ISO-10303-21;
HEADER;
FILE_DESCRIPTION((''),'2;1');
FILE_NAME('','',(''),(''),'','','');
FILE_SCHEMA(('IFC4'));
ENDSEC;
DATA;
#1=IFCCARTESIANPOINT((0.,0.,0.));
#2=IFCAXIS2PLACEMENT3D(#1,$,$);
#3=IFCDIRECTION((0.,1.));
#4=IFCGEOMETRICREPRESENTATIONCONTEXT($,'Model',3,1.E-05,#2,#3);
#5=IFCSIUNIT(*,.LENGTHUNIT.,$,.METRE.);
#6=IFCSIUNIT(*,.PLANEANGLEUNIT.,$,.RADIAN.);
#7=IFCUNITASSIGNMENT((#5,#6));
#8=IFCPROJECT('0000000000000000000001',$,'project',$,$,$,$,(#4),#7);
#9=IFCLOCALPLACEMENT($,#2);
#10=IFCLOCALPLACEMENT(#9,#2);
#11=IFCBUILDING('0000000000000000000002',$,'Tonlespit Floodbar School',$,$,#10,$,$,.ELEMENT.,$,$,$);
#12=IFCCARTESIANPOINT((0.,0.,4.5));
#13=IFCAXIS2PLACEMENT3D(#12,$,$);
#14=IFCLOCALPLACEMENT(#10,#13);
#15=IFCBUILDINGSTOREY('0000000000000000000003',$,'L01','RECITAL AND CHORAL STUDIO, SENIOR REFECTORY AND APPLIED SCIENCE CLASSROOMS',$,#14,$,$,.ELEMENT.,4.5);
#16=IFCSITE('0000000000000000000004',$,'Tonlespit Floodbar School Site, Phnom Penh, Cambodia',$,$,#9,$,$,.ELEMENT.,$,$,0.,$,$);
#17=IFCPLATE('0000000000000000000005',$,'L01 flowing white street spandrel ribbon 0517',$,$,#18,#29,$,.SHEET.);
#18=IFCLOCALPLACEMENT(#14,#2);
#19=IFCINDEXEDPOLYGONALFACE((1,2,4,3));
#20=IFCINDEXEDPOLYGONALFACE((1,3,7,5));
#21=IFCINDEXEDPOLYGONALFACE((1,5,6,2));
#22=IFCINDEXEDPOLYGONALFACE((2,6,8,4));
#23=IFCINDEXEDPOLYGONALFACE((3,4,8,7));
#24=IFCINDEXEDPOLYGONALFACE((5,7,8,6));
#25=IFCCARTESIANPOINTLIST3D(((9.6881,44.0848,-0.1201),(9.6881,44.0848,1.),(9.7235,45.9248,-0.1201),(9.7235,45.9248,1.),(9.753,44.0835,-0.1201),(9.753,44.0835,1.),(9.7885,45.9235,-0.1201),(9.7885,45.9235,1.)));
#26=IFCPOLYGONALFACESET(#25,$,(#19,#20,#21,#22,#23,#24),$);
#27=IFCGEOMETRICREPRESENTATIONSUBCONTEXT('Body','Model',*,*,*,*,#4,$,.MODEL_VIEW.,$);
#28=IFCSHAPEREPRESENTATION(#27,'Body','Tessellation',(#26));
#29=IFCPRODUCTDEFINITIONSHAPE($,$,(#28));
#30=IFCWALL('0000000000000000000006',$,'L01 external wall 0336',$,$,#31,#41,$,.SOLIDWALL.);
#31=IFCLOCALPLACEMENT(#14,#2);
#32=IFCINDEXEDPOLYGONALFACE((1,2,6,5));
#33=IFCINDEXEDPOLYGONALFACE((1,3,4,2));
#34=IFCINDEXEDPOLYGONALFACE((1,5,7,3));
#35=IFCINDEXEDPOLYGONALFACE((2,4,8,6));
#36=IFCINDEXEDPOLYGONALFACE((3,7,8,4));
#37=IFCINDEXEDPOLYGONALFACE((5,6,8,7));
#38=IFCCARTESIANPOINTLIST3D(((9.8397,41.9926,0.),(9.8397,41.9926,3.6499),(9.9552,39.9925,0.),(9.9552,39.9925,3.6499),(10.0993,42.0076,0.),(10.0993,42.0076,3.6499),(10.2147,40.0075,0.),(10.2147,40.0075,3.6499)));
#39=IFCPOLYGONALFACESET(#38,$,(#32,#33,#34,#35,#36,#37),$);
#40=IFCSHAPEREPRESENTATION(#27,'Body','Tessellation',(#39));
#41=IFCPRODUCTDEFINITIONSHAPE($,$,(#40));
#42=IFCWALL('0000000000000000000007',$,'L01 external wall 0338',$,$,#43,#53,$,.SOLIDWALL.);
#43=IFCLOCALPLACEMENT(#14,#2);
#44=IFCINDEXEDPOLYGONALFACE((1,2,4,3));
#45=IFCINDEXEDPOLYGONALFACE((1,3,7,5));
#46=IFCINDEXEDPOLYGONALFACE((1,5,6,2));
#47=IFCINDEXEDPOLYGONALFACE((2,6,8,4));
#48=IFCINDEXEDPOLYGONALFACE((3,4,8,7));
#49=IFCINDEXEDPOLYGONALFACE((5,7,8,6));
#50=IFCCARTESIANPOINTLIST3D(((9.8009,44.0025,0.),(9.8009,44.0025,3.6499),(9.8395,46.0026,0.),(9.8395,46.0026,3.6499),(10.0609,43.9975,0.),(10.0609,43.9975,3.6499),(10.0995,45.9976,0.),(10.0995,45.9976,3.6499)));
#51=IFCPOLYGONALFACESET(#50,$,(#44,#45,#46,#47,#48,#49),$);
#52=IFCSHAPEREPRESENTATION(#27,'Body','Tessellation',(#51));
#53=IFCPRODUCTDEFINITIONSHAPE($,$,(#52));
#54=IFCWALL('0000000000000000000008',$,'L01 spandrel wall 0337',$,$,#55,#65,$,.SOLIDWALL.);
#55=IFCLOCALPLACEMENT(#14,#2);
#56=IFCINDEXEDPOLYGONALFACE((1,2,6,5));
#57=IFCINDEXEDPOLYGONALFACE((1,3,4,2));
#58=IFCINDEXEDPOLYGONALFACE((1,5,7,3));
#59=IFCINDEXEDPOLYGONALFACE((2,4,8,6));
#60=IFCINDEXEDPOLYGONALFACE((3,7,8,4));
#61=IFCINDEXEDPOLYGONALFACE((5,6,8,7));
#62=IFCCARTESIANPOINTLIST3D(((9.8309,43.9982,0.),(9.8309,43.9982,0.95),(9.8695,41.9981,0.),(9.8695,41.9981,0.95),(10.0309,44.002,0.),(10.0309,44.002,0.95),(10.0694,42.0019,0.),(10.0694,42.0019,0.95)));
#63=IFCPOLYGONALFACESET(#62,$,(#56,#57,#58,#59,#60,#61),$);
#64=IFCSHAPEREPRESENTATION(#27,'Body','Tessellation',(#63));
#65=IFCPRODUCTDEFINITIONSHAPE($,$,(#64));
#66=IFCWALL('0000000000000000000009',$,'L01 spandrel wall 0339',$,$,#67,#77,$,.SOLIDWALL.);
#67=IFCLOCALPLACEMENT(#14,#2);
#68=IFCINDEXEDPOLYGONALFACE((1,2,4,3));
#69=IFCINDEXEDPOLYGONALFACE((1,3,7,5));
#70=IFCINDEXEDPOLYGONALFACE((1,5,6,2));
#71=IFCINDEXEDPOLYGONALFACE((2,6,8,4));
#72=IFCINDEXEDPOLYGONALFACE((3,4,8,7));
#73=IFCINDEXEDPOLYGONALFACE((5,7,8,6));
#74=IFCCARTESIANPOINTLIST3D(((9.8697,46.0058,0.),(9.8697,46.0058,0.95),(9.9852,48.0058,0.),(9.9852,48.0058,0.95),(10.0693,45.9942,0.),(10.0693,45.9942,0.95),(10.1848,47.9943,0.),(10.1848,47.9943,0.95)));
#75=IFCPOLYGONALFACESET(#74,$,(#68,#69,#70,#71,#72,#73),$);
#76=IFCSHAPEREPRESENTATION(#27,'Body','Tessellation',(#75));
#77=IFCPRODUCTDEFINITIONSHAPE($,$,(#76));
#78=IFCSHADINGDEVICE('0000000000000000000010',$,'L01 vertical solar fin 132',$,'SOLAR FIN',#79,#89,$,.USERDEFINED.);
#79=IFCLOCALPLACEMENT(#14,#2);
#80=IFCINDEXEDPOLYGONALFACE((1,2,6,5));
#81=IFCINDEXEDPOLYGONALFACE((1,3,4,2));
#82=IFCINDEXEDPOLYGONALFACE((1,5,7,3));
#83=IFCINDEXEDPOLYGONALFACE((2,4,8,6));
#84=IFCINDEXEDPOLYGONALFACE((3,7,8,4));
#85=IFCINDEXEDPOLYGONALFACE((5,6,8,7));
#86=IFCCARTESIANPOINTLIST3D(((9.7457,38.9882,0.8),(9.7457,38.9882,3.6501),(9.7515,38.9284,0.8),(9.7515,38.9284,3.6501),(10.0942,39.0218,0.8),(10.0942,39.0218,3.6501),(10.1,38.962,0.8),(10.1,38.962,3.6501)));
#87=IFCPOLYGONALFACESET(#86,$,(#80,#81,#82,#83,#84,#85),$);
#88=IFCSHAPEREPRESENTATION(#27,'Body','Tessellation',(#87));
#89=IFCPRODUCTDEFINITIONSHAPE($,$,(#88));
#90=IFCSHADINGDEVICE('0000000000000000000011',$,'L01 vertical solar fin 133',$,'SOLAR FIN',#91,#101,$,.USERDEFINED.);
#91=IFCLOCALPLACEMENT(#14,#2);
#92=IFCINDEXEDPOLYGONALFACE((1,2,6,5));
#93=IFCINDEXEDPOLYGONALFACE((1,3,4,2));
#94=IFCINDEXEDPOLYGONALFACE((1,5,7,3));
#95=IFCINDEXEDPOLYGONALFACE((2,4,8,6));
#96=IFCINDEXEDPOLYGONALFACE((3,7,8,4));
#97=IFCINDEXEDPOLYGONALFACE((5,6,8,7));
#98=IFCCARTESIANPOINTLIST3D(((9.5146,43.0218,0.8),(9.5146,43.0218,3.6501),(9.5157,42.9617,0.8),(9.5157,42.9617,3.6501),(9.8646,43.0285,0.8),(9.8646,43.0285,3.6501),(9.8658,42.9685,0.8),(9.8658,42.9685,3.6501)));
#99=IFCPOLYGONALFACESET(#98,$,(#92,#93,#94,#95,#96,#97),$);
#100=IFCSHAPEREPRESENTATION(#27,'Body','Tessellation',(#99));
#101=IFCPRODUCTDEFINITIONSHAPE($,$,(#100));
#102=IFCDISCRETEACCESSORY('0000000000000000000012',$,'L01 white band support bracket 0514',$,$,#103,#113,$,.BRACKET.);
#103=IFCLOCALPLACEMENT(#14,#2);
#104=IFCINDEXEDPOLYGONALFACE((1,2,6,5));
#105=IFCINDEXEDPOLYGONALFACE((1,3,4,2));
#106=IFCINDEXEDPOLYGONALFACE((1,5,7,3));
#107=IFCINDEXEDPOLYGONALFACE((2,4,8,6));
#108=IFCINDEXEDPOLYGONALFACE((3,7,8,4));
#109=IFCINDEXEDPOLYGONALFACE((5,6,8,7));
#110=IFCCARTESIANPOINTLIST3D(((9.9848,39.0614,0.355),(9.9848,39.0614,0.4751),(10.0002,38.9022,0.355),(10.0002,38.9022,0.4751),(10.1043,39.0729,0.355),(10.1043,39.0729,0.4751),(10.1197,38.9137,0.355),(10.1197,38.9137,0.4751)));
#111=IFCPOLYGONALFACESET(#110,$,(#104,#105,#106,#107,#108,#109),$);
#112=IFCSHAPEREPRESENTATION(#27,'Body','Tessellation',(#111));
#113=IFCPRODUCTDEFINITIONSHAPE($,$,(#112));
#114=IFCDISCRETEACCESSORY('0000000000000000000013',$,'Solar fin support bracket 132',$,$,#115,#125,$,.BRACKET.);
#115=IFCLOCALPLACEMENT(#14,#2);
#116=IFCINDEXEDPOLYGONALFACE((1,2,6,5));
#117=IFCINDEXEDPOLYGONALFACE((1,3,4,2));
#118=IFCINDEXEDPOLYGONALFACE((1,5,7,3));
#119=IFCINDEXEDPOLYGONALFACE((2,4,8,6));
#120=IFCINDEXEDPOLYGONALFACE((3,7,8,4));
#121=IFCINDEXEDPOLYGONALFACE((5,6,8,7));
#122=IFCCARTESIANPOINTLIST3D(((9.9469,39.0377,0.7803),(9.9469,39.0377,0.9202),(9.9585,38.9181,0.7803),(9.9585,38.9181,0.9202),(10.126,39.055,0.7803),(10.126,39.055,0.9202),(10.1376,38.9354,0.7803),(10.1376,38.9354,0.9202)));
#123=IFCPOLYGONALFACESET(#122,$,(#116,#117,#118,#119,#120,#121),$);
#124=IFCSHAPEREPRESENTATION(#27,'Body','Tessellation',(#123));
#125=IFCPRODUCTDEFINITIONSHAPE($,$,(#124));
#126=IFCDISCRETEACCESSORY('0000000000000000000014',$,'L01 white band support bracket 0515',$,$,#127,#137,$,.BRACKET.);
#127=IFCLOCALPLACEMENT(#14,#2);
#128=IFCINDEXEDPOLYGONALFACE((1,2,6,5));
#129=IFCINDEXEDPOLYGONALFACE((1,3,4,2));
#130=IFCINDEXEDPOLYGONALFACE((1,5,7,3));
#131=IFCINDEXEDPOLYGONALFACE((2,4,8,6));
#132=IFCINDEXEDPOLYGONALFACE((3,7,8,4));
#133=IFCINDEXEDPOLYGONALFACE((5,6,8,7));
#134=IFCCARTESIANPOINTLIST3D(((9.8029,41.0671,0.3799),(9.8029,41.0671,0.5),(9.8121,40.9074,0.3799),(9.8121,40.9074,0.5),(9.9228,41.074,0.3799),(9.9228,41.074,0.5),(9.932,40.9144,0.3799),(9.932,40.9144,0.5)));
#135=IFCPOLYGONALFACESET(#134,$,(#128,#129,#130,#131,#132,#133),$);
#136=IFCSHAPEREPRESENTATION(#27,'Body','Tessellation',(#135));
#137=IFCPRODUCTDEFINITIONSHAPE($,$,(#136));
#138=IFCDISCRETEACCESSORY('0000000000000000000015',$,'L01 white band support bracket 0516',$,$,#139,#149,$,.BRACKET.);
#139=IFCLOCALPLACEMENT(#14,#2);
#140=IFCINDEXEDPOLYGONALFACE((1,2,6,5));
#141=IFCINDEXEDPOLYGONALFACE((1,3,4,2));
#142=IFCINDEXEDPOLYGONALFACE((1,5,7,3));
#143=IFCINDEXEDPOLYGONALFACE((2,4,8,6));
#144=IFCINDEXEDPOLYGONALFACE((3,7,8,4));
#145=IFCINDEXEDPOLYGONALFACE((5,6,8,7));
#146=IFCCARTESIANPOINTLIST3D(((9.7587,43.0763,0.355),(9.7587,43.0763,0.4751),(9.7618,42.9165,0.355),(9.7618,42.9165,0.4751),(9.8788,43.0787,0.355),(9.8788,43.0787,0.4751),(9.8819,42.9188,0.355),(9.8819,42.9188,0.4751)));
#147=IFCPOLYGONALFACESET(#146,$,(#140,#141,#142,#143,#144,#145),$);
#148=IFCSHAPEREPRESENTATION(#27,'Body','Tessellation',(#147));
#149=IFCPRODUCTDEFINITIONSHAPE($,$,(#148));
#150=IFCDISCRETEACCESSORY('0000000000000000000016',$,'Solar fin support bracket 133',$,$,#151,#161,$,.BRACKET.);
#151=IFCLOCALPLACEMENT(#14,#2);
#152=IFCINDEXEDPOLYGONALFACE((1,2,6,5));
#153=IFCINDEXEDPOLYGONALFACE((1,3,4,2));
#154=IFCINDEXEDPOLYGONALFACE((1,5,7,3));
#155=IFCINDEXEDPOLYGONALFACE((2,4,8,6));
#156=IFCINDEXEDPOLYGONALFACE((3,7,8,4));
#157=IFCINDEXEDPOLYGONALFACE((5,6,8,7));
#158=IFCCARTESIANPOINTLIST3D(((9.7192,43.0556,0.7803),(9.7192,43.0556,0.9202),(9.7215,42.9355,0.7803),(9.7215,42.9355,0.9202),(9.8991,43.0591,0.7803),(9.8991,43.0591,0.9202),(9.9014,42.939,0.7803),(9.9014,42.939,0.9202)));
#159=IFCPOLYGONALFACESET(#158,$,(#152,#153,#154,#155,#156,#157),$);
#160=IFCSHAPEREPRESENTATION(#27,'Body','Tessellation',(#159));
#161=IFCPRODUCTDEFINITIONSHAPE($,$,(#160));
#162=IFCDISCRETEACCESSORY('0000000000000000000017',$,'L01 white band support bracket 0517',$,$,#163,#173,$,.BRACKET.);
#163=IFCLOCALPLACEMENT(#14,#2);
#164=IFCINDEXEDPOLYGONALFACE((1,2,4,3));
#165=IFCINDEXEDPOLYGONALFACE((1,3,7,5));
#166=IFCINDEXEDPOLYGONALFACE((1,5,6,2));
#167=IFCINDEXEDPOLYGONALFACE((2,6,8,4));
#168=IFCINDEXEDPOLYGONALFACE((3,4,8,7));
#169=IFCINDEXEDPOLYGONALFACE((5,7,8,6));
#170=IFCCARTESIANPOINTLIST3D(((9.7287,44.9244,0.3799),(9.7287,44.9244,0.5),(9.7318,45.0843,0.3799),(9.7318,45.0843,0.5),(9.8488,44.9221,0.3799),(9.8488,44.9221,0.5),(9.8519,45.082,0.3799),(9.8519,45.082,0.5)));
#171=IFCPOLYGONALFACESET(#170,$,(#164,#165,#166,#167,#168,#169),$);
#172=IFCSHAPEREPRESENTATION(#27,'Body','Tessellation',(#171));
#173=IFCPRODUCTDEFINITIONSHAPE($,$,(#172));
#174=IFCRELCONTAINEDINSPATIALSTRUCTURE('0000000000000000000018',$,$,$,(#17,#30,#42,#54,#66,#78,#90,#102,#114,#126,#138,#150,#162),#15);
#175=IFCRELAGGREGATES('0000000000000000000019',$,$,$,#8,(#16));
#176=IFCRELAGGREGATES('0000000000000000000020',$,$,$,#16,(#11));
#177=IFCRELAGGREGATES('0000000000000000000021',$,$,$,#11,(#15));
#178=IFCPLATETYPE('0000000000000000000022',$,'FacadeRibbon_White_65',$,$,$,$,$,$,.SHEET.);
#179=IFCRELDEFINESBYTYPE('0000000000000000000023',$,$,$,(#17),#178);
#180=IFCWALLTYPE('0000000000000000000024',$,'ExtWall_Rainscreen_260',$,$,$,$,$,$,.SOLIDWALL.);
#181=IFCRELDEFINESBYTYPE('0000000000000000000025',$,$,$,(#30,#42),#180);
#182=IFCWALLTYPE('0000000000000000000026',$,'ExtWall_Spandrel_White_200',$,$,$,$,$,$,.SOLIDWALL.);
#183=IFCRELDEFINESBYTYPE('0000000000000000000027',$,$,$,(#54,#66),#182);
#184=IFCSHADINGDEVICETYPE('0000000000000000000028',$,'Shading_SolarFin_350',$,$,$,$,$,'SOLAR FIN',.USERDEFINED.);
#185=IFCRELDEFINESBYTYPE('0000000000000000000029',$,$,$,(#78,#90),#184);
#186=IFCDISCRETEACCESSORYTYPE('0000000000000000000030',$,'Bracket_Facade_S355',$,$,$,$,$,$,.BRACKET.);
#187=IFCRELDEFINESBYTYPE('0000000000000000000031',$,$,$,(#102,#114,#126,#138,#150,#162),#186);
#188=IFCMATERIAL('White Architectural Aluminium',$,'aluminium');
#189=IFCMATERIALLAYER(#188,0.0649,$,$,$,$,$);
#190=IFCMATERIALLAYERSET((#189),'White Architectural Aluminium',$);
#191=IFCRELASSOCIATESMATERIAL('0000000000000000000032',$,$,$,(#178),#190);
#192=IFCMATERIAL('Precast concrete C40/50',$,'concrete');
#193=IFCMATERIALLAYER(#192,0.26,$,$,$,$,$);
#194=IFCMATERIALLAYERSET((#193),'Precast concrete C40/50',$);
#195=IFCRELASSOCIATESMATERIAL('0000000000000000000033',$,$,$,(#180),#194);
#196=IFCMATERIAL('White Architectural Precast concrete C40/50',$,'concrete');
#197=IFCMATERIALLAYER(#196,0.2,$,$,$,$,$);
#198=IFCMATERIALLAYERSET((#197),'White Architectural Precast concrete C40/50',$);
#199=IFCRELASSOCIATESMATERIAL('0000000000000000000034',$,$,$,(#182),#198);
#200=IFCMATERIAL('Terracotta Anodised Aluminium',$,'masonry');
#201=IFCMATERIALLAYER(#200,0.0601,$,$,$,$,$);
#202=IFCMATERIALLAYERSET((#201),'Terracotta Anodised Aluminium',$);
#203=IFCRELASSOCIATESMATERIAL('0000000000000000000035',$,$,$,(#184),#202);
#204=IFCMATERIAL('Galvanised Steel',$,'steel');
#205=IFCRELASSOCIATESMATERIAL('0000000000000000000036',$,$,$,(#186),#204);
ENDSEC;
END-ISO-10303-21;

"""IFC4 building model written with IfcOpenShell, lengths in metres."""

from ifc_helpers import new_model, si_unit, direction, frame, frame_2d, origin, origin_2d, place, context, subcontext, project, spatial, rectangle, extrude, material, layer, layer_set, type_object, element, save


model = new_model("IFC4")

# Units and contexts
model_context = context("Model", 3, precision=1e-05, world=origin(), true_north=direction((0.0, 1.0)))
body_context = subcontext(model_context, "Body", "Model", "MODEL_VIEW")
ifc_project = project(units=[si_unit("LENGTHUNIT", "METRE"), si_unit("PLANEANGLEUNIT", "RADIAN")], contexts=[model_context])

# Site, building, storey
site_placement = place(None, origin())
site = spatial("IfcSite", under=ifc_project, at=site_placement, Name="Tonlespit Floodbar School Site, Phnom Penh, Cambodia", CompositionType="ELEMENT", RefElevation=0.0)
building_placement = place(site_placement, origin())
building = spatial("IfcBuilding", under=site, at=building_placement, Name="Tonlespit Floodbar School", CompositionType="ELEMENT")
storey_placement = place(building_placement, frame((0.0, 0.0, 4.5)))
storey = spatial("IfcBuildingStorey", under=building, at=storey_placement, Name="L01", Description="RECITAL AND CHORAL STUDIO, SENIOR REFECTORY AND APPLIED SCIENCE CLASSROOMS", CompositionType="ELEMENT", Elevation=4.5)

# Plate
ifc_material_1 = material(Name="White Architectural Aluminium", Category="aluminium")
ifc_layer_1 = layer(ifc_material_1, 0.0649)
ifc_layer_set_1 = layer_set([ifc_layer_1], Name="White Architectural Aluminium")
plate_type_1 = type_object("IfcPlateType", Name="FacadeRibbon_White_65", PredefinedType="SHEET", material=ifc_layer_set_1)
plate_1_placement = place(storey_placement, frame((9.7383, 45.0042, -0.1201), z_axis=(0.0, 0.0, 1.0), x_axis=(0.019246, 0.999815, 0.0)))
element("IfcPlate", 1, at=plate_1_placement, inside=storey, type_object=plate_type_1, Name="L01 flowing white street spandrel ribbon 0517", PredefinedType="SHEET", context=body_context, shape_type="SweptSolid", body=[
    extrude(rectangle(XDim=1.8403, YDim=0.0649, at=origin_2d()), origin(), (0.0, 0.0, 1.0), 1.1201),
])

# Walls
ifc_material_2 = material(Name="Precast concrete C40/50", Category="concrete")
ifc_layer_2 = layer(ifc_material_2, 0.26)
ifc_layer_set_2 = layer_set([ifc_layer_2], Name="Precast concrete C40/50")
wall_type_1 = type_object("IfcWallType", Name="ExtWall_Rainscreen_260", PredefinedType="SOLIDWALL", material=ifc_layer_set_2)
wall_1_placement = place(storey_placement, frame((10.085, 40.0, 0.0), z_axis=(0.0, 0.0, 1.0), x_axis=(-0.057643, 0.998337, 0.0)))
element("IfcWall", 2, at=wall_1_placement, inside=storey, type_object=wall_type_1, Name="L01 external wall 0336", PredefinedType="SOLIDWALL", context=body_context, shape_type="SweptSolid", body=[
    extrude(rectangle(XDim=2.0034, YDim=0.26, at=frame_2d((1.0017, 0.0))), origin(), (0.0, 0.0, 1.0), 3.6499),
])
wall_2_placement = place(storey_placement, frame((9.9309, 44.0, 0.0), z_axis=(0.0, 0.0, 1.0), x_axis=(0.019284, 0.999814, 0.0)))
element("IfcWall", 3, at=wall_2_placement, inside=storey, type_object=wall_type_1, Name="L01 external wall 0338", PredefinedType="SOLIDWALL", context=body_context, shape_type="SweptSolid", body=[
    extrude(rectangle(XDim=2.0005, YDim=0.26, at=frame_2d((1.0002, 0.0))), origin(), (0.0, 0.0, 1.0), 3.6499),
])
ifc_material_3 = material(Name="White Architectural Precast concrete C40/50", Category="concrete")
ifc_layer_3 = layer(ifc_material_3, 0.2)
ifc_layer_set_3 = layer_set([ifc_layer_3], Name="White Architectural Precast concrete C40/50")
wall_type_2 = type_object("IfcWallType", Name="ExtWall_Spandrel_White_200", PredefinedType="SOLIDWALL", material=ifc_layer_set_3)
wall_3_placement = place(storey_placement, frame((9.9695, 42.0, 0.0), z_axis=(0.0, 0.0, 1.0), x_axis=(-0.019284, 0.999814, 0.0)))
element("IfcWall", 4, at=wall_3_placement, inside=storey, type_object=wall_type_2, Name="L01 spandrel wall 0337", PredefinedType="SOLIDWALL", context=body_context, shape_type="SweptSolid", body=[
    extrude(rectangle(XDim=2.0005, YDim=0.2, at=frame_2d((1.0002, 0.0))), origin(), (0.0, 0.0, 1.0), 0.95),
])
wall_4_placement = place(storey_placement, frame((9.9695, 46.0, 0.0), z_axis=(0.0, 0.0, 1.0), x_axis=(0.057643, 0.998337, 0.0)))
element("IfcWall", 5, at=wall_4_placement, inside=storey, type_object=wall_type_2, Name="L01 spandrel wall 0339", PredefinedType="SOLIDWALL", context=body_context, shape_type="SweptSolid", body=[
    extrude(rectangle(XDim=2.0034, YDim=0.2, at=frame_2d((1.0017, 0.0))), origin(), (0.0, 0.0, 1.0), 0.95),
])

# Shading devices
ifc_material_4 = material(Name="Terracotta Anodised Aluminium", Category="masonry")
ifc_layer_4 = layer(ifc_material_4, 0.0601)
ifc_layer_set_4 = layer_set([ifc_layer_4], Name="Terracotta Anodised Aluminium")
shading_device_type = type_object("IfcShadingDeviceType", Name="Shading_SolarFin_350", ElementType="SOLAR FIN", PredefinedType="USERDEFINED", material=ifc_layer_set_4)
for number, where, z_axis, x_axis, name in (
    (6, (9.9229, 38.9751, 0.8), (0.0, 0.0, 1.0), (-0.096153, 0.995367, 0.0), "L01 vertical solar fin 132"),
    (7, (9.6902, 42.9951, 0.8), (0.0, 0.0, 1.0), (-0.019246, 0.999815, 0.0), "L01 vertical solar fin 133"),
):
    element("IfcShadingDevice", number, at=place(storey_placement, frame(where, z_axis=z_axis, x_axis=x_axis)), inside=storey, type_object=shading_device_type, Name=name, ObjectType="SOLAR FIN", PredefinedType="USERDEFINED", context=body_context, shape_type="SweptSolid", body=[
        extrude(rectangle(XDim=0.0601, YDim=0.3501, at=origin_2d()), origin(), (0.0, 0.0, 1.0), 2.8501),
    ])

# Discrete accessories
ifc_material_5 = material(Name="Galvanised Steel", Category="steel")
discrete_accessory_type = type_object("IfcDiscreteAccessoryType", Name="Bracket_Facade_S355", PredefinedType="BRACKET", material=ifc_material_5)
discrete_accessory_1_placement = place(storey_placement, frame((10.0522, 38.9875, 0.355), z_axis=(0.0, 0.0, 1.0), x_axis=(-0.096153, 0.995367, 0.0)))
element("IfcDiscreteAccessory", 8, at=discrete_accessory_1_placement, inside=storey, type_object=discrete_accessory_type, Name="L01 white band support bracket 0514", PredefinedType="BRACKET", context=body_context, shape_type="SweptSolid", body=[
    extrude(rectangle(XDim=0.1599, YDim=0.1201, at=origin_2d()), origin(), (0.0, 0.0, 1.0), 0.1201),
])
discrete_accessory_2_placement = place(storey_placement, frame((10.0422, 38.9866, 0.7803), z_axis=(0.0, 0.0, 1.0), x_axis=(-0.096153, 0.995367, 0.0)))
element("IfcDiscreteAccessory", 9, at=discrete_accessory_2_placement, inside=storey, type_object=discrete_accessory_type, Name="Solar fin support bracket 132", PredefinedType="BRACKET", context=body_context, shape_type="SweptSolid", body=[
    extrude(rectangle(XDim=0.1201, YDim=0.1799, at=origin_2d()), origin(), (0.0, 0.0, 1.0), 0.1399),
])
for number, where, z_axis, x_axis, name in (
    (10, (9.8674, 40.9907, 0.3799), (0.0, 0.0, 1.0), (-0.057703, 0.998334, 0.0), "L01 white band support bracket 0515"),
    (11, (9.8203, 42.9976, 0.355), (0.0, 0.0, 1.0), (-0.019246, 0.999815, 0.0), "L01 white band support bracket 0516"),
):
    element("IfcDiscreteAccessory", number, at=place(storey_placement, frame(where, z_axis=z_axis, x_axis=x_axis)), inside=storey, type_object=discrete_accessory_type, Name=name, PredefinedType="BRACKET", context=body_context, shape_type="SweptSolid", body=[
        extrude(rectangle(XDim=0.1599, YDim=0.1201, at=origin_2d()), origin(), (0.0, 0.0, 1.0), 0.1201),
    ])
discrete_accessory_3_placement = place(storey_placement, frame((9.8103, 42.9973, 0.7803), z_axis=(0.0, 0.0, 1.0), x_axis=(-0.019246, 0.999815, 0.0)))
element("IfcDiscreteAccessory", 12, at=discrete_accessory_3_placement, inside=storey, type_object=discrete_accessory_type, Name="Solar fin support bracket 133", PredefinedType="BRACKET", context=body_context, shape_type="SweptSolid", body=[
    extrude(rectangle(XDim=0.1201, YDim=0.1799, at=origin_2d()), origin(), (0.0, 0.0, 1.0), 0.1399),
])
discrete_accessory_4_placement = place(storey_placement, frame((9.7903, 45.0032, 0.3799), z_axis=(0.0, 0.0, 1.0), x_axis=(0.019246, 0.999815, 0.0)))
element("IfcDiscreteAccessory", 13, at=discrete_accessory_4_placement, inside=storey, type_object=discrete_accessory_type, Name="L01 white band support bracket 0517", PredefinedType="BRACKET", context=body_context, shape_type="SweptSolid", body=[
    extrude(rectangle(XDim=0.1599, YDim=0.1201, at=origin_2d()), origin(), (0.0, 0.0, 1.0), 0.1201),
])

save(model, "model.ifc")
